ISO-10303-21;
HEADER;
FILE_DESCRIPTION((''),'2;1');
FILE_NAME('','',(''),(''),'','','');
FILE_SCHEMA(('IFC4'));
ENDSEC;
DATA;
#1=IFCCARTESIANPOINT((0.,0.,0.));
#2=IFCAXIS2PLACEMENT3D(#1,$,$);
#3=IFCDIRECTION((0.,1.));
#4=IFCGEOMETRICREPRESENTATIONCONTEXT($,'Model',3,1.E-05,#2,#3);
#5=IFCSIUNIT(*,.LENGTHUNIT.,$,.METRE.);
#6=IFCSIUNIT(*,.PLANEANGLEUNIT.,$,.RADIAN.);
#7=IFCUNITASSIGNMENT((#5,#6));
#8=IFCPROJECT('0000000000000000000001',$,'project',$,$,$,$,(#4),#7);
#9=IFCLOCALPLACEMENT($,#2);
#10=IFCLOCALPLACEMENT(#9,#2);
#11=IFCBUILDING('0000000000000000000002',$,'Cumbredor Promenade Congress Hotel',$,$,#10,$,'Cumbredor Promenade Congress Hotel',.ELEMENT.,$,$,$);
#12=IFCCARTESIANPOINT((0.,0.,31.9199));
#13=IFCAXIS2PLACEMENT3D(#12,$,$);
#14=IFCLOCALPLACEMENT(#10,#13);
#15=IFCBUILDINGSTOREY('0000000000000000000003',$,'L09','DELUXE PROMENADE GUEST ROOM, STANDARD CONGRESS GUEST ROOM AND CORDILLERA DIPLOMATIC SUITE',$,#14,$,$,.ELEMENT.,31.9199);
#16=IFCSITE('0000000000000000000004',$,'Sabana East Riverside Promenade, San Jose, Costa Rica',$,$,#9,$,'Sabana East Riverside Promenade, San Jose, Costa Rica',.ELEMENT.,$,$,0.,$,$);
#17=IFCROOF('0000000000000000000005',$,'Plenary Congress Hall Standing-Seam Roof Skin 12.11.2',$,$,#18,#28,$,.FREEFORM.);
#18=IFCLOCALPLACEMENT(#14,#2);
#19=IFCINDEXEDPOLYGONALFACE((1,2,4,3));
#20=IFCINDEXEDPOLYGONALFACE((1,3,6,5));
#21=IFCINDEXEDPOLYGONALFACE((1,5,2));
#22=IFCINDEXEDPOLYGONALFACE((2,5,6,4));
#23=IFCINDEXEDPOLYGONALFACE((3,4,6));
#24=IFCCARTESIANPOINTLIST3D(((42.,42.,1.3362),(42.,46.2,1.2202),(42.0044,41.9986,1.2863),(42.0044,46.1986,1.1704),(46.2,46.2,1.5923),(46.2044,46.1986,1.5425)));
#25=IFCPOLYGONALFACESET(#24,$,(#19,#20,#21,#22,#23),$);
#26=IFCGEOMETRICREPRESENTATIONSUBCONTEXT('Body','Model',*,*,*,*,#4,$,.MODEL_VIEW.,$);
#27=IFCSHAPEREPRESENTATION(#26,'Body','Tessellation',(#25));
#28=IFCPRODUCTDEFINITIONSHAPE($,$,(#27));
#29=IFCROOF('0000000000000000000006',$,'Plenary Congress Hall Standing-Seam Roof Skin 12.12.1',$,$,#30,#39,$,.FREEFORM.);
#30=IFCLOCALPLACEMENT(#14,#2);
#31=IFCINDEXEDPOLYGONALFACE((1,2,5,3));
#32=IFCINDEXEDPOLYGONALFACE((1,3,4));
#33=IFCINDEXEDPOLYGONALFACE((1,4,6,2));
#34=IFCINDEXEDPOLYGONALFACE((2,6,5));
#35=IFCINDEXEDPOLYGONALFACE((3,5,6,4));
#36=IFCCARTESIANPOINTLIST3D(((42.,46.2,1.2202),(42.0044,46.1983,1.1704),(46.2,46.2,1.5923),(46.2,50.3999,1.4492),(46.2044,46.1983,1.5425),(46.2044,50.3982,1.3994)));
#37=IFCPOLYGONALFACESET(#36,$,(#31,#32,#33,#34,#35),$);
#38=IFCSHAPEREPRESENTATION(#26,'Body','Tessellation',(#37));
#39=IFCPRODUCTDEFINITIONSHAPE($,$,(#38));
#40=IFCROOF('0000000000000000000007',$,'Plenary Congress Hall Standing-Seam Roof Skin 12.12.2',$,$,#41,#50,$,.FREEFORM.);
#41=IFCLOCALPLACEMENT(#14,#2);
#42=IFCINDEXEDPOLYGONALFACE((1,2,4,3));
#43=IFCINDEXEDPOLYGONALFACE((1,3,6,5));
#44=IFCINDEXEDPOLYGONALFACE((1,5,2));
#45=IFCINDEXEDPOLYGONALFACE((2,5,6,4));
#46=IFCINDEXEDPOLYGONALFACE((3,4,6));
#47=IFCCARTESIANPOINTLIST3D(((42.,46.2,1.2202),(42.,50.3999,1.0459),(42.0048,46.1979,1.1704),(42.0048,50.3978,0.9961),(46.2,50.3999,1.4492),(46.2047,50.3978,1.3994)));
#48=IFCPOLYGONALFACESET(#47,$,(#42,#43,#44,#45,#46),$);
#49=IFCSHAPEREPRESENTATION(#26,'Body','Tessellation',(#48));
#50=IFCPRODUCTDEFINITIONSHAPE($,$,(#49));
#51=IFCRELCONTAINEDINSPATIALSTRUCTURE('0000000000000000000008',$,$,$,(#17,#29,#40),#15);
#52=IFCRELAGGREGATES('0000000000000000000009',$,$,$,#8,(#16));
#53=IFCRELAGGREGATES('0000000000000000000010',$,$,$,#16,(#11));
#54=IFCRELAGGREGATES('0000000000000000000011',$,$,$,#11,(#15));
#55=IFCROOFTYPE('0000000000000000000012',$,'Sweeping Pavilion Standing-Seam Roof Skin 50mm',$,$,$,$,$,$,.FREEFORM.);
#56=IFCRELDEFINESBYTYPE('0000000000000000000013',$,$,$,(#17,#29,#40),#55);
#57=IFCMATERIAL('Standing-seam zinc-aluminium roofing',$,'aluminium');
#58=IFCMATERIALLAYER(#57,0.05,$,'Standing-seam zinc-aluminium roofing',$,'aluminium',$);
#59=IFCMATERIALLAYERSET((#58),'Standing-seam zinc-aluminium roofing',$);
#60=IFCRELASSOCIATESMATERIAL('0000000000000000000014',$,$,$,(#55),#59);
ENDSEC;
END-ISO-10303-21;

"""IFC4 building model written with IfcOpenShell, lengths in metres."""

from ifc_helpers import new_model, si_unit, direction, frame, origin, place, context, subcontext, project, spatial, polyline, outline, extrude, material, layer, layer_set, type_object, element, save


model = new_model("IFC4")

# Units and contexts
model_context = context("Model", 3, precision=1e-05, world=origin(), true_north=direction((0.0, 1.0)))
body_context = subcontext(model_context, "Body", "Model", "MODEL_VIEW")
ifc_project = project(units=[si_unit("LENGTHUNIT", "METRE"), si_unit("PLANEANGLEUNIT", "RADIAN")], contexts=[model_context])

# Site, building, storey
site_placement = place(None, origin())
site = spatial("IfcSite", under=ifc_project, at=site_placement, Name="Sabana East Riverside Promenade, San Jose, Costa Rica", LongName="Sabana East Riverside Promenade, San Jose, Costa Rica", CompositionType="ELEMENT", RefElevation=0.0)
building_placement = place(site_placement, origin())
building = spatial("IfcBuilding", under=site, at=building_placement, Name="Cumbredor Promenade Congress Hotel", LongName="Cumbredor Promenade Congress Hotel", CompositionType="ELEMENT")
storey_placement = place(building_placement, frame((0.0, 0.0, 31.9199)))
storey = spatial("IfcBuildingStorey", under=building, at=storey_placement, Name="L09", Description="DELUXE PROMENADE GUEST ROOM, STANDARD CONGRESS GUEST ROOM AND CORDILLERA DIPLOMATIC SUITE", CompositionType="ELEMENT", Elevation=31.9199)

# Roofs
ifc_material_1 = material(Name="Standing-seam zinc-aluminium roofing", Category="aluminium")
ifc_layer_1 = layer(ifc_material_1, 0.05, Name="Standing-seam zinc-aluminium roofing", Category="aluminium")
ifc_layer_set_1 = layer_set([ifc_layer_1], Name="Standing-seam zinc-aluminium roofing")
roof_type = type_object("IfcRoofType", Name="Sweeping Pavilion Standing-Seam Roof Skin 50mm", PredefinedType="FREEFORM", material=ifc_layer_set_1)
roof_1_placement = place(storey_placement, frame((42.0, 42.0, 1.3362), z_axis=(-0.08821, 0.027493, 0.995722), x_axis=(0.70645, 0.70645, 0.043078)))
element("IfcRoof", 1, at=roof_1_placement, inside=storey, type_object=roof_type, Name="Plenary Congress Hall Standing-Seam Roof Skin 12.11.2", PredefinedType="FREEFORM", context=body_context, shape_type="SweptSolid", body=[
    extrude(outline(polyline([(0.0, 0.0), (5.9451, 0.0), (2.9621, 2.9798), (0.0, 0.0)])), origin(), (0.0, 0.0, -1.0), 0.05),
])
roof_2_placement = place(storey_placement, frame((42.0, 46.2, 1.2202), z_axis=(-0.088193, 0.033911, 0.995526), x_axis=(0.996099, 0.0, 0.088244)))
element("IfcRoof", 2, at=roof_2_placement, inside=storey, type_object=roof_type, Name="Plenary Congress Hall Standing-Seam Roof Skin 12.12.1", PredefinedType="FREEFORM", context=body_context, shape_type="SweptSolid", body=[
    extrude(outline(polyline([(0.0, 0.0), (4.2164, 0.0), (4.2038, 4.2024), (0.0, 0.0)])), origin(), (0.0, 0.0, -1.0), 0.05),
])
roof_3_placement = place(storey_placement, frame((42.0, 46.2, 1.2202), z_axis=(-0.095509, 0.041279, 0.994572), x_axis=(0.706582, 0.706582, 0.038527)))
element("IfcRoof", 3, at=roof_3_placement, inside=storey, type_object=roof_type, Name="Plenary Congress Hall Standing-Seam Roof Skin 12.12.2", PredefinedType="FREEFORM", context=body_context, shape_type="SweptSolid", body=[
    extrude(outline(polyline([(0.0, 0.0), (5.944, 0.0), (2.9609, 2.9838), (0.0, 0.0)])), origin(), (0.0, 0.0, -1.0), 0.05),
])

save(model, "model.ifc")
